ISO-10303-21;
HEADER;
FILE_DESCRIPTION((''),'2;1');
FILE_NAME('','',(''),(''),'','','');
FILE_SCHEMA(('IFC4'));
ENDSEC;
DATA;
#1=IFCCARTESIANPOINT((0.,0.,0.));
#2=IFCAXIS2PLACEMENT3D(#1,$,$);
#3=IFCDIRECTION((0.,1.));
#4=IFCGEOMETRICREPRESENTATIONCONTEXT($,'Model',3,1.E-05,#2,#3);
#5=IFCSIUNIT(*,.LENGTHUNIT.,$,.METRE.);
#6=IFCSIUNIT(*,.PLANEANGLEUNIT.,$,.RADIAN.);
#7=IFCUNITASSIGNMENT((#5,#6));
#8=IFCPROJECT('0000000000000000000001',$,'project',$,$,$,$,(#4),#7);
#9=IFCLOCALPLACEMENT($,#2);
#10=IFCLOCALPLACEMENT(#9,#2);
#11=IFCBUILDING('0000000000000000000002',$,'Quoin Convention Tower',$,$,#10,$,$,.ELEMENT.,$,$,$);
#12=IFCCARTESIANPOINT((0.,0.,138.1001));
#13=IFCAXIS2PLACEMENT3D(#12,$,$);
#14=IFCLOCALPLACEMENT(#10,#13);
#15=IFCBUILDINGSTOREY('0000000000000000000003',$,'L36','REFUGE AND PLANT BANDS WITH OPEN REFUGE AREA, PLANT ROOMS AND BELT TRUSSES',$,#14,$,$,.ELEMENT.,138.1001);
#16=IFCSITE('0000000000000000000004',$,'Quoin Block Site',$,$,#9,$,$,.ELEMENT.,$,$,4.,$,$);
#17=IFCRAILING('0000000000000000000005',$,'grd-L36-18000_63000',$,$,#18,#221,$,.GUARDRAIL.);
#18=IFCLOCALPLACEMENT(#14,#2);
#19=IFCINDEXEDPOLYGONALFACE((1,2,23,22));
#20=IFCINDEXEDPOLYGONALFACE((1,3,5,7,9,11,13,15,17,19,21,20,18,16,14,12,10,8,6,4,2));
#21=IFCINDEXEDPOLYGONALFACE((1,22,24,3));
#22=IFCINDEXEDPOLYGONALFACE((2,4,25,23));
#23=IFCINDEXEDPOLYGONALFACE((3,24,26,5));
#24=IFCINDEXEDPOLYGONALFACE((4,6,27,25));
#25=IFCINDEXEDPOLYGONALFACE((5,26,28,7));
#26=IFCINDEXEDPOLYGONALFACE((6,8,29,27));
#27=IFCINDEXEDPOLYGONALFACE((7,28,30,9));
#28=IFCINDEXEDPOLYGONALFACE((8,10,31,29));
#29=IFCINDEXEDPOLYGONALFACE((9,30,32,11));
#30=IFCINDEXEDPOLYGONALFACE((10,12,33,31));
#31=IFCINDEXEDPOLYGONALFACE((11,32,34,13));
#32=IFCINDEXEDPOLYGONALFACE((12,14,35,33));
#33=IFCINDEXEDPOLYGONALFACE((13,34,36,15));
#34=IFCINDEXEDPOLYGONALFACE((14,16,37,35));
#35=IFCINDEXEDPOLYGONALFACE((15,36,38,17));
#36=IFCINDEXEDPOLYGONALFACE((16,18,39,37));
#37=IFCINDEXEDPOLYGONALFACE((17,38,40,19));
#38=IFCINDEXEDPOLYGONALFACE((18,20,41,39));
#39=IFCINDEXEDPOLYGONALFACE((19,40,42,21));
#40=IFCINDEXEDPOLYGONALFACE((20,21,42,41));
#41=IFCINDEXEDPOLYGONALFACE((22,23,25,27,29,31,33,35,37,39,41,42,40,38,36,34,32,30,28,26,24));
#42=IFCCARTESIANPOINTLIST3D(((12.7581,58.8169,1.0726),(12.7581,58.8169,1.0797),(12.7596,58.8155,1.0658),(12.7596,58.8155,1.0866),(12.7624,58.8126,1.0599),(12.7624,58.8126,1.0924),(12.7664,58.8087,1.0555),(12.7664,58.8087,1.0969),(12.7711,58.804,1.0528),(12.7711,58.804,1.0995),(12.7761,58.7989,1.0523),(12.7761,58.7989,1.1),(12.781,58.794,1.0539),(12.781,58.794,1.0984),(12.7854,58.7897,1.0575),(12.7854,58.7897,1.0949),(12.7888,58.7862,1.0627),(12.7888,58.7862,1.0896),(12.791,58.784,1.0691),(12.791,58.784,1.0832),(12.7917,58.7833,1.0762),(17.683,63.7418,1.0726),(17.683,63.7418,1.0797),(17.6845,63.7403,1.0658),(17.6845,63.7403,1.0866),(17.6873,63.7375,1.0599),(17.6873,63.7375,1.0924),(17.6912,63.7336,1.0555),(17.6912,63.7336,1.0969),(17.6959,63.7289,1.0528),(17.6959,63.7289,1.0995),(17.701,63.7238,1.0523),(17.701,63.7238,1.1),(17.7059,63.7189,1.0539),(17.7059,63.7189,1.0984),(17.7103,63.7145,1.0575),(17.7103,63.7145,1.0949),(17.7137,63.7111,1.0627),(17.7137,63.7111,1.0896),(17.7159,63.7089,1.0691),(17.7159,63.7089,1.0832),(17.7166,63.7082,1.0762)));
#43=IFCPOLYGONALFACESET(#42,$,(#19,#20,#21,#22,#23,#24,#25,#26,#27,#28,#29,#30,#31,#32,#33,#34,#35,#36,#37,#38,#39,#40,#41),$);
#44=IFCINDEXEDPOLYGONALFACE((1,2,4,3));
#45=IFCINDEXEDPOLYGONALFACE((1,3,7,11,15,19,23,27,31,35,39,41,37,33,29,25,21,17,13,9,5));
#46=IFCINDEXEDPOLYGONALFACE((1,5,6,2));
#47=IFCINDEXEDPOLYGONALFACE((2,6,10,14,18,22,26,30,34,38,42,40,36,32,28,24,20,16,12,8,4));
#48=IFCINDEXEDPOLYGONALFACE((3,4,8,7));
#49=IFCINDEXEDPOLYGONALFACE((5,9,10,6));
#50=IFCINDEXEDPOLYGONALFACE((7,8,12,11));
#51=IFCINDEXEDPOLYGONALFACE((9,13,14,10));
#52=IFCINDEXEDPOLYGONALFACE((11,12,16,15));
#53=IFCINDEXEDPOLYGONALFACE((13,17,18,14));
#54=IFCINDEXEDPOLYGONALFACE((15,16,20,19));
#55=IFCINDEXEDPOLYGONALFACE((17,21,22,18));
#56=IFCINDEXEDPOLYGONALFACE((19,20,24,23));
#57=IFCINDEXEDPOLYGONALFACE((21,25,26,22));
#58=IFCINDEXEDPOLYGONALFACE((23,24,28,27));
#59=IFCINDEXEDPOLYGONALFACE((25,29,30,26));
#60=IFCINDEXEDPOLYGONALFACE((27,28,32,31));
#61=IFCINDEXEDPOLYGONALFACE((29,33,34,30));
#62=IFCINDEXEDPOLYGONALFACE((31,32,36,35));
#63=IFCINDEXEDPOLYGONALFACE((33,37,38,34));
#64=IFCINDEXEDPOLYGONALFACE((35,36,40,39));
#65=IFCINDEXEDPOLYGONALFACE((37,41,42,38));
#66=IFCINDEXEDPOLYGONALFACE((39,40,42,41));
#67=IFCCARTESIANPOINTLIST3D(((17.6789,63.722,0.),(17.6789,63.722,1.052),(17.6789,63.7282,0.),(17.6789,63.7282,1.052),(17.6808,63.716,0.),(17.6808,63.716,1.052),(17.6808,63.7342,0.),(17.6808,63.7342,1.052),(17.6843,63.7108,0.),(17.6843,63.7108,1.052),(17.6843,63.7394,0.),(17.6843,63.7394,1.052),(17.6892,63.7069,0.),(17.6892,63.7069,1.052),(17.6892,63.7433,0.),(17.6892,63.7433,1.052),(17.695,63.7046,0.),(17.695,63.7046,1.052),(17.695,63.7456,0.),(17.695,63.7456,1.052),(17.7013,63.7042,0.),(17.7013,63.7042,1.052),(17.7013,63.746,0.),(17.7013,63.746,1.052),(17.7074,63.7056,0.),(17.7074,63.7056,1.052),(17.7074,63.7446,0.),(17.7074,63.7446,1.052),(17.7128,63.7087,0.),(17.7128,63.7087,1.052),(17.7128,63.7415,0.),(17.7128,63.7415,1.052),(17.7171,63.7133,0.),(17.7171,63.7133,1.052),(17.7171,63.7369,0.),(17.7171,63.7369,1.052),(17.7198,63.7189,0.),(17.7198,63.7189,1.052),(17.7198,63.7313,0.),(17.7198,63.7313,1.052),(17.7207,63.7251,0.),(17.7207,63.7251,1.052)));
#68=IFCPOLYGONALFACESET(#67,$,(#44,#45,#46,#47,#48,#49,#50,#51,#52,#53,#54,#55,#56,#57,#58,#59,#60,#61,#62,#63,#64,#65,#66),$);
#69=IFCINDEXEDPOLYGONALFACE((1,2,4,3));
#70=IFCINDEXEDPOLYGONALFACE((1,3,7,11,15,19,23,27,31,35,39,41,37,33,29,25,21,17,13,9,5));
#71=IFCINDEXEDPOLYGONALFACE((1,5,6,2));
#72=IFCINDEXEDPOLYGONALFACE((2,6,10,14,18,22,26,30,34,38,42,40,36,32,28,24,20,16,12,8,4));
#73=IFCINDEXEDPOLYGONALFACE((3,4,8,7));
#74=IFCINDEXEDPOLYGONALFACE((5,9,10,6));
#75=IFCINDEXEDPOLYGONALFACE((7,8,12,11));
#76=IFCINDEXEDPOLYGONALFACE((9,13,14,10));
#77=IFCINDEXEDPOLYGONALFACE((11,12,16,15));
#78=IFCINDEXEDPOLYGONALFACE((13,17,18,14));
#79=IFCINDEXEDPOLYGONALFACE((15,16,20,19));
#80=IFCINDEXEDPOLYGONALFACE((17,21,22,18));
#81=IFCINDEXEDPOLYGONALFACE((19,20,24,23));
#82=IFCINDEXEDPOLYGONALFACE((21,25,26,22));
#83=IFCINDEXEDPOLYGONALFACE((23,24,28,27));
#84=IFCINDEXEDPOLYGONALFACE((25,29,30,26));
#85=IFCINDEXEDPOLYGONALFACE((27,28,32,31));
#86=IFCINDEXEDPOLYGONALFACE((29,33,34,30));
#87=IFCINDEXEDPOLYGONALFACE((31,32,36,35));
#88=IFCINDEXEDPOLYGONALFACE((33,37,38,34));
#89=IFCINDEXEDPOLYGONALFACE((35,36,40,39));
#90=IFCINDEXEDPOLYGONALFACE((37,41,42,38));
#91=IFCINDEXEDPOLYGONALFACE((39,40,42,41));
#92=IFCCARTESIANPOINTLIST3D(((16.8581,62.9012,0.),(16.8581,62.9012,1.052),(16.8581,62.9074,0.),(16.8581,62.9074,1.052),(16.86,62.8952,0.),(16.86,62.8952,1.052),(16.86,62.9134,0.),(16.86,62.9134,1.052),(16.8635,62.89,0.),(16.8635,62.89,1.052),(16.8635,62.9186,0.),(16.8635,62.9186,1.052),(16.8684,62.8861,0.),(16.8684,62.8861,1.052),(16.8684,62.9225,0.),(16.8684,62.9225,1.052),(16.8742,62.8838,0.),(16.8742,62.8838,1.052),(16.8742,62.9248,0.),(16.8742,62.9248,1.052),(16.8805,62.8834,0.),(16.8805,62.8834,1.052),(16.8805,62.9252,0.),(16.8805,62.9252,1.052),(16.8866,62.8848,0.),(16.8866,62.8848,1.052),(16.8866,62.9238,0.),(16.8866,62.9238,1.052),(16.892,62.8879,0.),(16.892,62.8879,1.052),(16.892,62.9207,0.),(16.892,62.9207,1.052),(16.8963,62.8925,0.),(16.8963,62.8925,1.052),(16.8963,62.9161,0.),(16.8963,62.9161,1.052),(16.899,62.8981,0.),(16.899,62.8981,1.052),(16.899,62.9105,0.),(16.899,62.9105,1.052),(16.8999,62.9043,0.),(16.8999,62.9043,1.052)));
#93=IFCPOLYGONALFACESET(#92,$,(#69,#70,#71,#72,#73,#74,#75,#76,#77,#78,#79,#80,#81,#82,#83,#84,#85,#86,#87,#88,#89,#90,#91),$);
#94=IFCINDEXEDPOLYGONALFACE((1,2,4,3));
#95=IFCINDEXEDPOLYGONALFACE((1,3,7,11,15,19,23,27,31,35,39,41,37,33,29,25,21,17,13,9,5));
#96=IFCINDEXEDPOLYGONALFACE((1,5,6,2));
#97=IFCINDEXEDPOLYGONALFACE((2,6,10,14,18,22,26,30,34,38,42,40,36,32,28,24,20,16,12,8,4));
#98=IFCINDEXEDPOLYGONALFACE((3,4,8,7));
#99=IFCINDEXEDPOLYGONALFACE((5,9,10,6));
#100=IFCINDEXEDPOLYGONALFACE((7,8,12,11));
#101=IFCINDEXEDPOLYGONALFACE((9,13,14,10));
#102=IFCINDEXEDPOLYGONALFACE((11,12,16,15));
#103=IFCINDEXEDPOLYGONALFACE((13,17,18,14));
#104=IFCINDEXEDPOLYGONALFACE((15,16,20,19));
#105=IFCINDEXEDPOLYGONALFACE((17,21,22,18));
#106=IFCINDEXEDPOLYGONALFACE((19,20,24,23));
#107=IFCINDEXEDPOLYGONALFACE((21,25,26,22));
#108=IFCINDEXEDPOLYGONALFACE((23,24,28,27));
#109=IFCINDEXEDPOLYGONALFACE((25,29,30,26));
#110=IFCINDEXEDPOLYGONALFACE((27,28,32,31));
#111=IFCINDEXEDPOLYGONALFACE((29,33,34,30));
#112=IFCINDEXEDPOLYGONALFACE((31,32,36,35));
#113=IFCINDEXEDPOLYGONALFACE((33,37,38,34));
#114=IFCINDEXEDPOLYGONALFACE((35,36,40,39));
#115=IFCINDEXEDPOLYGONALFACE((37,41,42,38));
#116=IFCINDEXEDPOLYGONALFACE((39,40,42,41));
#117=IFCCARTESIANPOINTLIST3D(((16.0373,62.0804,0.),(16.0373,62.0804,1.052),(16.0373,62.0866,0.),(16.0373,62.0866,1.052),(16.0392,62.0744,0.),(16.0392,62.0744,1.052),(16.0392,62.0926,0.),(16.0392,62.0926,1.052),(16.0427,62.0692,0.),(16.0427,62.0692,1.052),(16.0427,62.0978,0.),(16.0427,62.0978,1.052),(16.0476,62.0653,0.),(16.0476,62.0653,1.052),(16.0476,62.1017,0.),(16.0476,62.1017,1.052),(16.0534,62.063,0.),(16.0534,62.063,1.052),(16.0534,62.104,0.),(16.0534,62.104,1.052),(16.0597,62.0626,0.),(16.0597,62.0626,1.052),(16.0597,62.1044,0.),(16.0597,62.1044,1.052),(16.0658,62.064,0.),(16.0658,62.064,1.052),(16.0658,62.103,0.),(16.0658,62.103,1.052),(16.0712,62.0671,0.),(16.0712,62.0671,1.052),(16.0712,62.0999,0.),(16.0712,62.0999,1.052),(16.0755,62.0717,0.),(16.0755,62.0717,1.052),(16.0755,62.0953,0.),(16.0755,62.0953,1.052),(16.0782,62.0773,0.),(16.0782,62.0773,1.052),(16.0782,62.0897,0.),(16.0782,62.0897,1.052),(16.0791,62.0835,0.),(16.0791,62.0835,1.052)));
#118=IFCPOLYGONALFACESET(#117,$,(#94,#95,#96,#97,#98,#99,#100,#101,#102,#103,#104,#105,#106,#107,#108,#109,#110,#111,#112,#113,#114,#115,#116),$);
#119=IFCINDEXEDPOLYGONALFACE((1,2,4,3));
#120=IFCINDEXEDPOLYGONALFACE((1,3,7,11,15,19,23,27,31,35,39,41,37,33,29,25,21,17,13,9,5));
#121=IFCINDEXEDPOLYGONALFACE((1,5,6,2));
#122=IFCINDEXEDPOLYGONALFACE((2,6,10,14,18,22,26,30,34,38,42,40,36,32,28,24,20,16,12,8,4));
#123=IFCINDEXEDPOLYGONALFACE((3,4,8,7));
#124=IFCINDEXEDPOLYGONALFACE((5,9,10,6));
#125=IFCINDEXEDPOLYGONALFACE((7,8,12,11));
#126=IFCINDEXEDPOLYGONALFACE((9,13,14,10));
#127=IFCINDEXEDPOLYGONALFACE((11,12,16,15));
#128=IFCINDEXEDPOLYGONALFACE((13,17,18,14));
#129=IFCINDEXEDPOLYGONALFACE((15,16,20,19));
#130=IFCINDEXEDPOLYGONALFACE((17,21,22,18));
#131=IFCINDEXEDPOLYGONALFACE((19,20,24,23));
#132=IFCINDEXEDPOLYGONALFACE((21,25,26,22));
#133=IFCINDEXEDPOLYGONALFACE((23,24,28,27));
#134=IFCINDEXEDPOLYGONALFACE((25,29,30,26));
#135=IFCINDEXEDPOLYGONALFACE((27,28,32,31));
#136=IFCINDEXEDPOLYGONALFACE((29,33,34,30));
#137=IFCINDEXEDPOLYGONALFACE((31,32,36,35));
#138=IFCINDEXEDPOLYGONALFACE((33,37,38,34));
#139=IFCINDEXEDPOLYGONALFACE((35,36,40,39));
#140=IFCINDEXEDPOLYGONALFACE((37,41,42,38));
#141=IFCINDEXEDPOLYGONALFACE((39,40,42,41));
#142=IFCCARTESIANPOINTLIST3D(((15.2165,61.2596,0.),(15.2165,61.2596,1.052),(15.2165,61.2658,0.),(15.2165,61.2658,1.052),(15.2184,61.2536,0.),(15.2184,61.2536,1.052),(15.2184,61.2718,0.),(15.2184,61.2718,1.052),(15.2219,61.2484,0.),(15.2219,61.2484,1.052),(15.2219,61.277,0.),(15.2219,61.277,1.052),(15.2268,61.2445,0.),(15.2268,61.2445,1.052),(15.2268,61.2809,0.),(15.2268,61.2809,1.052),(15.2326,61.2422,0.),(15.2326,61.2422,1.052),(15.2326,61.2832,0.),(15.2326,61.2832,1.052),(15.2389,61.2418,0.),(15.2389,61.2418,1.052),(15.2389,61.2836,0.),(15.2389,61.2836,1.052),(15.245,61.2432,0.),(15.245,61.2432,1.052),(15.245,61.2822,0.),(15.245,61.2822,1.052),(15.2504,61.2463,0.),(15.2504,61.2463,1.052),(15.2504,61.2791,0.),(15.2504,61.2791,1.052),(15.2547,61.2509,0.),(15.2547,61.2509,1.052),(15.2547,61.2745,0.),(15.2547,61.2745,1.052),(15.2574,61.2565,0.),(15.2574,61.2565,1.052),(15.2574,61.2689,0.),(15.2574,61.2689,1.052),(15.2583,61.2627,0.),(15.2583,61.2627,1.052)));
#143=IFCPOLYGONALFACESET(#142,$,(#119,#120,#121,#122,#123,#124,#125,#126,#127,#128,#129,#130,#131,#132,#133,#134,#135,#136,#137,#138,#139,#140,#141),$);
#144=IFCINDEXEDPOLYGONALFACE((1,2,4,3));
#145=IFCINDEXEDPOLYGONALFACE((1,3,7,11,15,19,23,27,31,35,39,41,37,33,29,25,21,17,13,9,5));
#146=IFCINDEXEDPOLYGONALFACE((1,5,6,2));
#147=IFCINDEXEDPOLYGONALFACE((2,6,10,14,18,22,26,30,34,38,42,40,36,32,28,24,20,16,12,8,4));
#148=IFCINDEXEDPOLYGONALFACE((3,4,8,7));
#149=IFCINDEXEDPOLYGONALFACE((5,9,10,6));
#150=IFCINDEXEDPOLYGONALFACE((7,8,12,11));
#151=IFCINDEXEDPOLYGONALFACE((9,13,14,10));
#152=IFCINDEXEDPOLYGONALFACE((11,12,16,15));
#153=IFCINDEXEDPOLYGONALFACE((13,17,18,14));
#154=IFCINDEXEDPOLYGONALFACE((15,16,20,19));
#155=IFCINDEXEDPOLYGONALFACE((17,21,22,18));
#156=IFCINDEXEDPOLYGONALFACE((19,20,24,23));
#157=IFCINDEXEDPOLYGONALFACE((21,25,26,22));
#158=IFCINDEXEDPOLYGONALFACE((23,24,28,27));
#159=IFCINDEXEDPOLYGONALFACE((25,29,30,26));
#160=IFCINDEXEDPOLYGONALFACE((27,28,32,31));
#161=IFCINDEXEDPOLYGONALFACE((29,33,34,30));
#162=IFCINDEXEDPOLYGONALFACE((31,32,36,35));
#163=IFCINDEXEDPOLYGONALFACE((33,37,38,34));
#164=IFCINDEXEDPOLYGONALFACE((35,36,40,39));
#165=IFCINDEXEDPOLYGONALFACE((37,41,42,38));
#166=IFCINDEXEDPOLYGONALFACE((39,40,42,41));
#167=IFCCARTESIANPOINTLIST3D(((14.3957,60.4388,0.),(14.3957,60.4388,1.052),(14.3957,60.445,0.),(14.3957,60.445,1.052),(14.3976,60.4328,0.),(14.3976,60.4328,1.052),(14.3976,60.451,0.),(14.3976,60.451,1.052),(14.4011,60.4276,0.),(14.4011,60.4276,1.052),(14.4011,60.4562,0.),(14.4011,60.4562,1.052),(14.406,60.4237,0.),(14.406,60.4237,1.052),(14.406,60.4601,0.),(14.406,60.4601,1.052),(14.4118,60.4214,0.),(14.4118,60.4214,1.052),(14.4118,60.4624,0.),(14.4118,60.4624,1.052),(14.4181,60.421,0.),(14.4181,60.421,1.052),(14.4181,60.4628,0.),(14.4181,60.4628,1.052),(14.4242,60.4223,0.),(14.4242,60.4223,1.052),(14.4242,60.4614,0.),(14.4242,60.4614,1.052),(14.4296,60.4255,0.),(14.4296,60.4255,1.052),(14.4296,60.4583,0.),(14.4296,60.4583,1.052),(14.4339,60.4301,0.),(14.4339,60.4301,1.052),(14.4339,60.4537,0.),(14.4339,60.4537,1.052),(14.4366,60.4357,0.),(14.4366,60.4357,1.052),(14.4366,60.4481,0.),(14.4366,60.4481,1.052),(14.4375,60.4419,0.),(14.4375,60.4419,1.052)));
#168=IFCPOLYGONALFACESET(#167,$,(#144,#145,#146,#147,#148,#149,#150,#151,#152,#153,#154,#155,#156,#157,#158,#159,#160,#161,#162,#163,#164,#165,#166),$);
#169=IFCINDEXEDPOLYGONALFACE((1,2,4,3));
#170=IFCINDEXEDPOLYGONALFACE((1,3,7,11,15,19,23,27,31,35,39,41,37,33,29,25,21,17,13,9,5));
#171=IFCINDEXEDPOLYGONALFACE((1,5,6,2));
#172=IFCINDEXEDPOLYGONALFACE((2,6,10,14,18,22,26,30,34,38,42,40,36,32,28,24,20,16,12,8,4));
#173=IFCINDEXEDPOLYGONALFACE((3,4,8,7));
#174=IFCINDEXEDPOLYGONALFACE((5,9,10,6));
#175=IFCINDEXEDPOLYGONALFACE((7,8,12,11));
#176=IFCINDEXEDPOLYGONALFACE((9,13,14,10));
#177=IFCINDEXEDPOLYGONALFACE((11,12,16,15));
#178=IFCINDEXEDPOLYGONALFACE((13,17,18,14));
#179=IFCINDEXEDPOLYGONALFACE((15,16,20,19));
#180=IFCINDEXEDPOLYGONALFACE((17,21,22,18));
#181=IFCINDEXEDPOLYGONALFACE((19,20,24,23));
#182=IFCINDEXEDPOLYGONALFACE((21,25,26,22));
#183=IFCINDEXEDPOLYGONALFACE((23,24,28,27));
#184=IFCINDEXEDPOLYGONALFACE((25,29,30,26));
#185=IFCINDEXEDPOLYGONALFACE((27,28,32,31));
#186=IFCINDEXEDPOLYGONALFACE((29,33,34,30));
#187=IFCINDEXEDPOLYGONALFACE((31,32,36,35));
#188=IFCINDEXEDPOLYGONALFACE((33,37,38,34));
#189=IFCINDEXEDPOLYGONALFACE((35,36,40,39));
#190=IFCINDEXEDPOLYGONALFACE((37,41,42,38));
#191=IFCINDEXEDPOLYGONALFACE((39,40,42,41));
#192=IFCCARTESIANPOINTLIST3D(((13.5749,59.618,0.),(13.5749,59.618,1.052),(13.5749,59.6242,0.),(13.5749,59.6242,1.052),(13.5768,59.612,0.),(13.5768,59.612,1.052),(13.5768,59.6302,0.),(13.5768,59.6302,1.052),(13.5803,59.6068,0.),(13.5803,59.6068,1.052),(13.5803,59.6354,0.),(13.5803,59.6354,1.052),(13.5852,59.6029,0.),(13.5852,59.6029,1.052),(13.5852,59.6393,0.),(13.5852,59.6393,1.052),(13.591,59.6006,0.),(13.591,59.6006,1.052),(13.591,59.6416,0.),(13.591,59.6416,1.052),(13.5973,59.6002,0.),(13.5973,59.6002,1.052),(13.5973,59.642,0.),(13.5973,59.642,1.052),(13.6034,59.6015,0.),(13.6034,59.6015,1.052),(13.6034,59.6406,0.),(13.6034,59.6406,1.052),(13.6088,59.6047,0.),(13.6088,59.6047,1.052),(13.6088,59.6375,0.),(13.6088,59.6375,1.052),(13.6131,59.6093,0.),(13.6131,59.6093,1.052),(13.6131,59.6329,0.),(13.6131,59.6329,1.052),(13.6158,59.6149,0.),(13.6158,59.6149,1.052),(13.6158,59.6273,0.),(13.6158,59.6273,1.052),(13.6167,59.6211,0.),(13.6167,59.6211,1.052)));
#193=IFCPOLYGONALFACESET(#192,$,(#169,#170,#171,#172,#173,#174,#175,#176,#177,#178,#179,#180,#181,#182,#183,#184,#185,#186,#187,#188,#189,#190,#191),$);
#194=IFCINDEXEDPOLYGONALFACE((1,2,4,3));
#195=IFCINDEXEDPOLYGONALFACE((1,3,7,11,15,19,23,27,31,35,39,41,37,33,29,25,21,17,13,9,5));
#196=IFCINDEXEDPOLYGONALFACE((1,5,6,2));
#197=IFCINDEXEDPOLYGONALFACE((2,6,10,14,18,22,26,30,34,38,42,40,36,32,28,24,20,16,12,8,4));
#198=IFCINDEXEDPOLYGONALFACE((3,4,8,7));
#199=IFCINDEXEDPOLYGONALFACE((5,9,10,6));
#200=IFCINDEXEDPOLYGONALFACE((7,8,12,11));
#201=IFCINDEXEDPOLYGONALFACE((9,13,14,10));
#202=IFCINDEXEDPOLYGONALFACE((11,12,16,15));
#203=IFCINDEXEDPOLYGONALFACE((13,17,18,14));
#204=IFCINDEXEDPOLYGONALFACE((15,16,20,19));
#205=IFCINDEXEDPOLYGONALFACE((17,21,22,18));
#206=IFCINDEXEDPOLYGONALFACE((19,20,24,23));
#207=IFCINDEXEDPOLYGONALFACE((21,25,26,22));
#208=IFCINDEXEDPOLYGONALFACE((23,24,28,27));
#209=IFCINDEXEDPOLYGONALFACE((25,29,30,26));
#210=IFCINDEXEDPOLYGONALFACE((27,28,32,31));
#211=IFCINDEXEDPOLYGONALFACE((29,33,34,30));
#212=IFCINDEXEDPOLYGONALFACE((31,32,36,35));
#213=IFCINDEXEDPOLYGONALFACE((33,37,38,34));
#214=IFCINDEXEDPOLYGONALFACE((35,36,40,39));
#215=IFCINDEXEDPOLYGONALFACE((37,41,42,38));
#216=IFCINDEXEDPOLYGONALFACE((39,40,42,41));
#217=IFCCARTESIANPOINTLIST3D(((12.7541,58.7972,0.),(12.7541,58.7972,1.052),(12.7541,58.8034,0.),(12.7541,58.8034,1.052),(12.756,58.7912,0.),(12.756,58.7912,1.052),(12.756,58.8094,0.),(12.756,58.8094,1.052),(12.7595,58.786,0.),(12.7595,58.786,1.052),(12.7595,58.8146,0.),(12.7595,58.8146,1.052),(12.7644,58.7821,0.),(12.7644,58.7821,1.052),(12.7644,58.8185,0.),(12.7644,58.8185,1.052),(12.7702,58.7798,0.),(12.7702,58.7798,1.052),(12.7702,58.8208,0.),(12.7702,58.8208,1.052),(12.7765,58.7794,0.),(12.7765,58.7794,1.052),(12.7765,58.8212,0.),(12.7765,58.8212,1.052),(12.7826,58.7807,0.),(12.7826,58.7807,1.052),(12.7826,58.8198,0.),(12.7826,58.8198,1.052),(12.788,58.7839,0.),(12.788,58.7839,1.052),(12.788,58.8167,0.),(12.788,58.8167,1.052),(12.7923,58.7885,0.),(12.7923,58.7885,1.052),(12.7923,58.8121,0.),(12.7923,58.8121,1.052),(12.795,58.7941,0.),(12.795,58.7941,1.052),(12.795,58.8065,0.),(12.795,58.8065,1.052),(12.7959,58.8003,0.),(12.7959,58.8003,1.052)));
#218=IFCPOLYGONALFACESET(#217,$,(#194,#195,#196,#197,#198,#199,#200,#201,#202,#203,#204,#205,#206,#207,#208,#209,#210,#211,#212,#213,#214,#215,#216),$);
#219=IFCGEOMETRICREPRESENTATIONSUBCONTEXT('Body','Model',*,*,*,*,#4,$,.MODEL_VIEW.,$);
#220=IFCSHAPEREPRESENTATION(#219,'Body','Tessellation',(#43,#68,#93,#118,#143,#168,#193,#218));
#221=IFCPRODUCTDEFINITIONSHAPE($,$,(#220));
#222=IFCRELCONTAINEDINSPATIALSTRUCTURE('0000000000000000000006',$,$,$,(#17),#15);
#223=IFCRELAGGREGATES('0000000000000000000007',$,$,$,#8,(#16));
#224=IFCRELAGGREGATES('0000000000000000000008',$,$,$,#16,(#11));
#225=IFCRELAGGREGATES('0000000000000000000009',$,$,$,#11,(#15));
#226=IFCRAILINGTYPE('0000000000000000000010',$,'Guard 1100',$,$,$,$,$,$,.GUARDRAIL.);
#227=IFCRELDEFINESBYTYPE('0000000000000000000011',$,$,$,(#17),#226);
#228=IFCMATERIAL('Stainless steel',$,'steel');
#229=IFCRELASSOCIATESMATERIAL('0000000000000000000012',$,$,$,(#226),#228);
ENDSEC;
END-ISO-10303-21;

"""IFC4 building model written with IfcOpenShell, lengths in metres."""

from ifc_helpers import new_model, si_unit, direction, frame, origin, origin_2d, place, context, subcontext, project, spatial, circle, extrude, material, type_object, element, save


model = new_model("IFC4")

# Units and contexts
model_context = context("Model", 3, precision=1e-05, world=origin(), true_north=direction((0.0, 1.0)))
body_context = subcontext(model_context, "Body", "Model", "MODEL_VIEW")
ifc_project = project(units=[si_unit("LENGTHUNIT", "METRE"), si_unit("PLANEANGLEUNIT", "RADIAN")], contexts=[model_context])

# Site, building, storey
site_placement = place(None, origin())
site = spatial("IfcSite", under=ifc_project, at=site_placement, Name="Quoin Block Site", CompositionType="ELEMENT", RefElevation=4.0)
building_placement = place(site_placement, origin())
building = spatial("IfcBuilding", under=site, at=building_placement, Name="Quoin Convention Tower", CompositionType="ELEMENT")
storey_placement = place(building_placement, frame((0.0, 0.0, 138.1001)))
storey = spatial("IfcBuildingStorey", under=building, at=storey_placement, Name="L36", Description="REFUGE AND PLANT BANDS WITH OPEN REFUGE AREA, PLANT ROOMS AND BELT TRUSSES", CompositionType="ELEMENT", Elevation=138.1001)

# Railing
ifc_material_1 = material(Name="Stainless steel", Category="steel")
railing_type = type_object("IfcRailingType", Name="Guard 1100", PredefinedType="GUARDRAIL", material=ifc_material_1)
railing_1_placement = place(storey_placement, frame((17.6997, 63.7251, 0.0)))
element("IfcRailing", 1, at=railing_1_placement, inside=storey, type_object=railing_type, Name="grd-L36-18000_63000", PredefinedType="GUARDRAIL", context=body_context, shape_type="SweptSolid", body=[
    extrude(circle(Radius=0.0239, at=origin_2d()), frame((0.0, 0.0, 1.0762), z_axis=(-0.707107, -0.707107, 0.0), x_axis=(0.707107, -0.707107, 0.0)), (0.0, 0.0, 1.0), 6.9648),
    extrude(circle(Radius=0.021, at=origin_2d()), origin(), (0.0, 0.0, 1.0), 1.052),
    extrude(circle(Radius=0.021, at=origin_2d()), frame((-0.8208, -0.8208, 0.0)), (0.0, 0.0, 1.0), 1.052),
    extrude(circle(Radius=0.021, at=origin_2d()), frame((-1.6416, -1.6416, 0.0)), (0.0, 0.0, 1.0), 1.052),
    extrude(circle(Radius=0.021, at=origin_2d()), frame((-2.4624, -2.4624, 0.0)), (0.0, 0.0, 1.0), 1.052),
    extrude(circle(Radius=0.021, at=origin_2d()), frame((-3.2832, -3.2832, 0.0)), (0.0, 0.0, 1.0), 1.052),
    extrude(circle(Radius=0.021, at=origin_2d()), frame((-4.104, -4.104, 0.0)), (0.0, 0.0, 1.0), 1.052),
    extrude(circle(Radius=0.021, at=origin_2d()), frame((-4.9248, -4.9248, 0.0)), (0.0, 0.0, 1.0), 1.052),
])

save(model, "model.ifc")
